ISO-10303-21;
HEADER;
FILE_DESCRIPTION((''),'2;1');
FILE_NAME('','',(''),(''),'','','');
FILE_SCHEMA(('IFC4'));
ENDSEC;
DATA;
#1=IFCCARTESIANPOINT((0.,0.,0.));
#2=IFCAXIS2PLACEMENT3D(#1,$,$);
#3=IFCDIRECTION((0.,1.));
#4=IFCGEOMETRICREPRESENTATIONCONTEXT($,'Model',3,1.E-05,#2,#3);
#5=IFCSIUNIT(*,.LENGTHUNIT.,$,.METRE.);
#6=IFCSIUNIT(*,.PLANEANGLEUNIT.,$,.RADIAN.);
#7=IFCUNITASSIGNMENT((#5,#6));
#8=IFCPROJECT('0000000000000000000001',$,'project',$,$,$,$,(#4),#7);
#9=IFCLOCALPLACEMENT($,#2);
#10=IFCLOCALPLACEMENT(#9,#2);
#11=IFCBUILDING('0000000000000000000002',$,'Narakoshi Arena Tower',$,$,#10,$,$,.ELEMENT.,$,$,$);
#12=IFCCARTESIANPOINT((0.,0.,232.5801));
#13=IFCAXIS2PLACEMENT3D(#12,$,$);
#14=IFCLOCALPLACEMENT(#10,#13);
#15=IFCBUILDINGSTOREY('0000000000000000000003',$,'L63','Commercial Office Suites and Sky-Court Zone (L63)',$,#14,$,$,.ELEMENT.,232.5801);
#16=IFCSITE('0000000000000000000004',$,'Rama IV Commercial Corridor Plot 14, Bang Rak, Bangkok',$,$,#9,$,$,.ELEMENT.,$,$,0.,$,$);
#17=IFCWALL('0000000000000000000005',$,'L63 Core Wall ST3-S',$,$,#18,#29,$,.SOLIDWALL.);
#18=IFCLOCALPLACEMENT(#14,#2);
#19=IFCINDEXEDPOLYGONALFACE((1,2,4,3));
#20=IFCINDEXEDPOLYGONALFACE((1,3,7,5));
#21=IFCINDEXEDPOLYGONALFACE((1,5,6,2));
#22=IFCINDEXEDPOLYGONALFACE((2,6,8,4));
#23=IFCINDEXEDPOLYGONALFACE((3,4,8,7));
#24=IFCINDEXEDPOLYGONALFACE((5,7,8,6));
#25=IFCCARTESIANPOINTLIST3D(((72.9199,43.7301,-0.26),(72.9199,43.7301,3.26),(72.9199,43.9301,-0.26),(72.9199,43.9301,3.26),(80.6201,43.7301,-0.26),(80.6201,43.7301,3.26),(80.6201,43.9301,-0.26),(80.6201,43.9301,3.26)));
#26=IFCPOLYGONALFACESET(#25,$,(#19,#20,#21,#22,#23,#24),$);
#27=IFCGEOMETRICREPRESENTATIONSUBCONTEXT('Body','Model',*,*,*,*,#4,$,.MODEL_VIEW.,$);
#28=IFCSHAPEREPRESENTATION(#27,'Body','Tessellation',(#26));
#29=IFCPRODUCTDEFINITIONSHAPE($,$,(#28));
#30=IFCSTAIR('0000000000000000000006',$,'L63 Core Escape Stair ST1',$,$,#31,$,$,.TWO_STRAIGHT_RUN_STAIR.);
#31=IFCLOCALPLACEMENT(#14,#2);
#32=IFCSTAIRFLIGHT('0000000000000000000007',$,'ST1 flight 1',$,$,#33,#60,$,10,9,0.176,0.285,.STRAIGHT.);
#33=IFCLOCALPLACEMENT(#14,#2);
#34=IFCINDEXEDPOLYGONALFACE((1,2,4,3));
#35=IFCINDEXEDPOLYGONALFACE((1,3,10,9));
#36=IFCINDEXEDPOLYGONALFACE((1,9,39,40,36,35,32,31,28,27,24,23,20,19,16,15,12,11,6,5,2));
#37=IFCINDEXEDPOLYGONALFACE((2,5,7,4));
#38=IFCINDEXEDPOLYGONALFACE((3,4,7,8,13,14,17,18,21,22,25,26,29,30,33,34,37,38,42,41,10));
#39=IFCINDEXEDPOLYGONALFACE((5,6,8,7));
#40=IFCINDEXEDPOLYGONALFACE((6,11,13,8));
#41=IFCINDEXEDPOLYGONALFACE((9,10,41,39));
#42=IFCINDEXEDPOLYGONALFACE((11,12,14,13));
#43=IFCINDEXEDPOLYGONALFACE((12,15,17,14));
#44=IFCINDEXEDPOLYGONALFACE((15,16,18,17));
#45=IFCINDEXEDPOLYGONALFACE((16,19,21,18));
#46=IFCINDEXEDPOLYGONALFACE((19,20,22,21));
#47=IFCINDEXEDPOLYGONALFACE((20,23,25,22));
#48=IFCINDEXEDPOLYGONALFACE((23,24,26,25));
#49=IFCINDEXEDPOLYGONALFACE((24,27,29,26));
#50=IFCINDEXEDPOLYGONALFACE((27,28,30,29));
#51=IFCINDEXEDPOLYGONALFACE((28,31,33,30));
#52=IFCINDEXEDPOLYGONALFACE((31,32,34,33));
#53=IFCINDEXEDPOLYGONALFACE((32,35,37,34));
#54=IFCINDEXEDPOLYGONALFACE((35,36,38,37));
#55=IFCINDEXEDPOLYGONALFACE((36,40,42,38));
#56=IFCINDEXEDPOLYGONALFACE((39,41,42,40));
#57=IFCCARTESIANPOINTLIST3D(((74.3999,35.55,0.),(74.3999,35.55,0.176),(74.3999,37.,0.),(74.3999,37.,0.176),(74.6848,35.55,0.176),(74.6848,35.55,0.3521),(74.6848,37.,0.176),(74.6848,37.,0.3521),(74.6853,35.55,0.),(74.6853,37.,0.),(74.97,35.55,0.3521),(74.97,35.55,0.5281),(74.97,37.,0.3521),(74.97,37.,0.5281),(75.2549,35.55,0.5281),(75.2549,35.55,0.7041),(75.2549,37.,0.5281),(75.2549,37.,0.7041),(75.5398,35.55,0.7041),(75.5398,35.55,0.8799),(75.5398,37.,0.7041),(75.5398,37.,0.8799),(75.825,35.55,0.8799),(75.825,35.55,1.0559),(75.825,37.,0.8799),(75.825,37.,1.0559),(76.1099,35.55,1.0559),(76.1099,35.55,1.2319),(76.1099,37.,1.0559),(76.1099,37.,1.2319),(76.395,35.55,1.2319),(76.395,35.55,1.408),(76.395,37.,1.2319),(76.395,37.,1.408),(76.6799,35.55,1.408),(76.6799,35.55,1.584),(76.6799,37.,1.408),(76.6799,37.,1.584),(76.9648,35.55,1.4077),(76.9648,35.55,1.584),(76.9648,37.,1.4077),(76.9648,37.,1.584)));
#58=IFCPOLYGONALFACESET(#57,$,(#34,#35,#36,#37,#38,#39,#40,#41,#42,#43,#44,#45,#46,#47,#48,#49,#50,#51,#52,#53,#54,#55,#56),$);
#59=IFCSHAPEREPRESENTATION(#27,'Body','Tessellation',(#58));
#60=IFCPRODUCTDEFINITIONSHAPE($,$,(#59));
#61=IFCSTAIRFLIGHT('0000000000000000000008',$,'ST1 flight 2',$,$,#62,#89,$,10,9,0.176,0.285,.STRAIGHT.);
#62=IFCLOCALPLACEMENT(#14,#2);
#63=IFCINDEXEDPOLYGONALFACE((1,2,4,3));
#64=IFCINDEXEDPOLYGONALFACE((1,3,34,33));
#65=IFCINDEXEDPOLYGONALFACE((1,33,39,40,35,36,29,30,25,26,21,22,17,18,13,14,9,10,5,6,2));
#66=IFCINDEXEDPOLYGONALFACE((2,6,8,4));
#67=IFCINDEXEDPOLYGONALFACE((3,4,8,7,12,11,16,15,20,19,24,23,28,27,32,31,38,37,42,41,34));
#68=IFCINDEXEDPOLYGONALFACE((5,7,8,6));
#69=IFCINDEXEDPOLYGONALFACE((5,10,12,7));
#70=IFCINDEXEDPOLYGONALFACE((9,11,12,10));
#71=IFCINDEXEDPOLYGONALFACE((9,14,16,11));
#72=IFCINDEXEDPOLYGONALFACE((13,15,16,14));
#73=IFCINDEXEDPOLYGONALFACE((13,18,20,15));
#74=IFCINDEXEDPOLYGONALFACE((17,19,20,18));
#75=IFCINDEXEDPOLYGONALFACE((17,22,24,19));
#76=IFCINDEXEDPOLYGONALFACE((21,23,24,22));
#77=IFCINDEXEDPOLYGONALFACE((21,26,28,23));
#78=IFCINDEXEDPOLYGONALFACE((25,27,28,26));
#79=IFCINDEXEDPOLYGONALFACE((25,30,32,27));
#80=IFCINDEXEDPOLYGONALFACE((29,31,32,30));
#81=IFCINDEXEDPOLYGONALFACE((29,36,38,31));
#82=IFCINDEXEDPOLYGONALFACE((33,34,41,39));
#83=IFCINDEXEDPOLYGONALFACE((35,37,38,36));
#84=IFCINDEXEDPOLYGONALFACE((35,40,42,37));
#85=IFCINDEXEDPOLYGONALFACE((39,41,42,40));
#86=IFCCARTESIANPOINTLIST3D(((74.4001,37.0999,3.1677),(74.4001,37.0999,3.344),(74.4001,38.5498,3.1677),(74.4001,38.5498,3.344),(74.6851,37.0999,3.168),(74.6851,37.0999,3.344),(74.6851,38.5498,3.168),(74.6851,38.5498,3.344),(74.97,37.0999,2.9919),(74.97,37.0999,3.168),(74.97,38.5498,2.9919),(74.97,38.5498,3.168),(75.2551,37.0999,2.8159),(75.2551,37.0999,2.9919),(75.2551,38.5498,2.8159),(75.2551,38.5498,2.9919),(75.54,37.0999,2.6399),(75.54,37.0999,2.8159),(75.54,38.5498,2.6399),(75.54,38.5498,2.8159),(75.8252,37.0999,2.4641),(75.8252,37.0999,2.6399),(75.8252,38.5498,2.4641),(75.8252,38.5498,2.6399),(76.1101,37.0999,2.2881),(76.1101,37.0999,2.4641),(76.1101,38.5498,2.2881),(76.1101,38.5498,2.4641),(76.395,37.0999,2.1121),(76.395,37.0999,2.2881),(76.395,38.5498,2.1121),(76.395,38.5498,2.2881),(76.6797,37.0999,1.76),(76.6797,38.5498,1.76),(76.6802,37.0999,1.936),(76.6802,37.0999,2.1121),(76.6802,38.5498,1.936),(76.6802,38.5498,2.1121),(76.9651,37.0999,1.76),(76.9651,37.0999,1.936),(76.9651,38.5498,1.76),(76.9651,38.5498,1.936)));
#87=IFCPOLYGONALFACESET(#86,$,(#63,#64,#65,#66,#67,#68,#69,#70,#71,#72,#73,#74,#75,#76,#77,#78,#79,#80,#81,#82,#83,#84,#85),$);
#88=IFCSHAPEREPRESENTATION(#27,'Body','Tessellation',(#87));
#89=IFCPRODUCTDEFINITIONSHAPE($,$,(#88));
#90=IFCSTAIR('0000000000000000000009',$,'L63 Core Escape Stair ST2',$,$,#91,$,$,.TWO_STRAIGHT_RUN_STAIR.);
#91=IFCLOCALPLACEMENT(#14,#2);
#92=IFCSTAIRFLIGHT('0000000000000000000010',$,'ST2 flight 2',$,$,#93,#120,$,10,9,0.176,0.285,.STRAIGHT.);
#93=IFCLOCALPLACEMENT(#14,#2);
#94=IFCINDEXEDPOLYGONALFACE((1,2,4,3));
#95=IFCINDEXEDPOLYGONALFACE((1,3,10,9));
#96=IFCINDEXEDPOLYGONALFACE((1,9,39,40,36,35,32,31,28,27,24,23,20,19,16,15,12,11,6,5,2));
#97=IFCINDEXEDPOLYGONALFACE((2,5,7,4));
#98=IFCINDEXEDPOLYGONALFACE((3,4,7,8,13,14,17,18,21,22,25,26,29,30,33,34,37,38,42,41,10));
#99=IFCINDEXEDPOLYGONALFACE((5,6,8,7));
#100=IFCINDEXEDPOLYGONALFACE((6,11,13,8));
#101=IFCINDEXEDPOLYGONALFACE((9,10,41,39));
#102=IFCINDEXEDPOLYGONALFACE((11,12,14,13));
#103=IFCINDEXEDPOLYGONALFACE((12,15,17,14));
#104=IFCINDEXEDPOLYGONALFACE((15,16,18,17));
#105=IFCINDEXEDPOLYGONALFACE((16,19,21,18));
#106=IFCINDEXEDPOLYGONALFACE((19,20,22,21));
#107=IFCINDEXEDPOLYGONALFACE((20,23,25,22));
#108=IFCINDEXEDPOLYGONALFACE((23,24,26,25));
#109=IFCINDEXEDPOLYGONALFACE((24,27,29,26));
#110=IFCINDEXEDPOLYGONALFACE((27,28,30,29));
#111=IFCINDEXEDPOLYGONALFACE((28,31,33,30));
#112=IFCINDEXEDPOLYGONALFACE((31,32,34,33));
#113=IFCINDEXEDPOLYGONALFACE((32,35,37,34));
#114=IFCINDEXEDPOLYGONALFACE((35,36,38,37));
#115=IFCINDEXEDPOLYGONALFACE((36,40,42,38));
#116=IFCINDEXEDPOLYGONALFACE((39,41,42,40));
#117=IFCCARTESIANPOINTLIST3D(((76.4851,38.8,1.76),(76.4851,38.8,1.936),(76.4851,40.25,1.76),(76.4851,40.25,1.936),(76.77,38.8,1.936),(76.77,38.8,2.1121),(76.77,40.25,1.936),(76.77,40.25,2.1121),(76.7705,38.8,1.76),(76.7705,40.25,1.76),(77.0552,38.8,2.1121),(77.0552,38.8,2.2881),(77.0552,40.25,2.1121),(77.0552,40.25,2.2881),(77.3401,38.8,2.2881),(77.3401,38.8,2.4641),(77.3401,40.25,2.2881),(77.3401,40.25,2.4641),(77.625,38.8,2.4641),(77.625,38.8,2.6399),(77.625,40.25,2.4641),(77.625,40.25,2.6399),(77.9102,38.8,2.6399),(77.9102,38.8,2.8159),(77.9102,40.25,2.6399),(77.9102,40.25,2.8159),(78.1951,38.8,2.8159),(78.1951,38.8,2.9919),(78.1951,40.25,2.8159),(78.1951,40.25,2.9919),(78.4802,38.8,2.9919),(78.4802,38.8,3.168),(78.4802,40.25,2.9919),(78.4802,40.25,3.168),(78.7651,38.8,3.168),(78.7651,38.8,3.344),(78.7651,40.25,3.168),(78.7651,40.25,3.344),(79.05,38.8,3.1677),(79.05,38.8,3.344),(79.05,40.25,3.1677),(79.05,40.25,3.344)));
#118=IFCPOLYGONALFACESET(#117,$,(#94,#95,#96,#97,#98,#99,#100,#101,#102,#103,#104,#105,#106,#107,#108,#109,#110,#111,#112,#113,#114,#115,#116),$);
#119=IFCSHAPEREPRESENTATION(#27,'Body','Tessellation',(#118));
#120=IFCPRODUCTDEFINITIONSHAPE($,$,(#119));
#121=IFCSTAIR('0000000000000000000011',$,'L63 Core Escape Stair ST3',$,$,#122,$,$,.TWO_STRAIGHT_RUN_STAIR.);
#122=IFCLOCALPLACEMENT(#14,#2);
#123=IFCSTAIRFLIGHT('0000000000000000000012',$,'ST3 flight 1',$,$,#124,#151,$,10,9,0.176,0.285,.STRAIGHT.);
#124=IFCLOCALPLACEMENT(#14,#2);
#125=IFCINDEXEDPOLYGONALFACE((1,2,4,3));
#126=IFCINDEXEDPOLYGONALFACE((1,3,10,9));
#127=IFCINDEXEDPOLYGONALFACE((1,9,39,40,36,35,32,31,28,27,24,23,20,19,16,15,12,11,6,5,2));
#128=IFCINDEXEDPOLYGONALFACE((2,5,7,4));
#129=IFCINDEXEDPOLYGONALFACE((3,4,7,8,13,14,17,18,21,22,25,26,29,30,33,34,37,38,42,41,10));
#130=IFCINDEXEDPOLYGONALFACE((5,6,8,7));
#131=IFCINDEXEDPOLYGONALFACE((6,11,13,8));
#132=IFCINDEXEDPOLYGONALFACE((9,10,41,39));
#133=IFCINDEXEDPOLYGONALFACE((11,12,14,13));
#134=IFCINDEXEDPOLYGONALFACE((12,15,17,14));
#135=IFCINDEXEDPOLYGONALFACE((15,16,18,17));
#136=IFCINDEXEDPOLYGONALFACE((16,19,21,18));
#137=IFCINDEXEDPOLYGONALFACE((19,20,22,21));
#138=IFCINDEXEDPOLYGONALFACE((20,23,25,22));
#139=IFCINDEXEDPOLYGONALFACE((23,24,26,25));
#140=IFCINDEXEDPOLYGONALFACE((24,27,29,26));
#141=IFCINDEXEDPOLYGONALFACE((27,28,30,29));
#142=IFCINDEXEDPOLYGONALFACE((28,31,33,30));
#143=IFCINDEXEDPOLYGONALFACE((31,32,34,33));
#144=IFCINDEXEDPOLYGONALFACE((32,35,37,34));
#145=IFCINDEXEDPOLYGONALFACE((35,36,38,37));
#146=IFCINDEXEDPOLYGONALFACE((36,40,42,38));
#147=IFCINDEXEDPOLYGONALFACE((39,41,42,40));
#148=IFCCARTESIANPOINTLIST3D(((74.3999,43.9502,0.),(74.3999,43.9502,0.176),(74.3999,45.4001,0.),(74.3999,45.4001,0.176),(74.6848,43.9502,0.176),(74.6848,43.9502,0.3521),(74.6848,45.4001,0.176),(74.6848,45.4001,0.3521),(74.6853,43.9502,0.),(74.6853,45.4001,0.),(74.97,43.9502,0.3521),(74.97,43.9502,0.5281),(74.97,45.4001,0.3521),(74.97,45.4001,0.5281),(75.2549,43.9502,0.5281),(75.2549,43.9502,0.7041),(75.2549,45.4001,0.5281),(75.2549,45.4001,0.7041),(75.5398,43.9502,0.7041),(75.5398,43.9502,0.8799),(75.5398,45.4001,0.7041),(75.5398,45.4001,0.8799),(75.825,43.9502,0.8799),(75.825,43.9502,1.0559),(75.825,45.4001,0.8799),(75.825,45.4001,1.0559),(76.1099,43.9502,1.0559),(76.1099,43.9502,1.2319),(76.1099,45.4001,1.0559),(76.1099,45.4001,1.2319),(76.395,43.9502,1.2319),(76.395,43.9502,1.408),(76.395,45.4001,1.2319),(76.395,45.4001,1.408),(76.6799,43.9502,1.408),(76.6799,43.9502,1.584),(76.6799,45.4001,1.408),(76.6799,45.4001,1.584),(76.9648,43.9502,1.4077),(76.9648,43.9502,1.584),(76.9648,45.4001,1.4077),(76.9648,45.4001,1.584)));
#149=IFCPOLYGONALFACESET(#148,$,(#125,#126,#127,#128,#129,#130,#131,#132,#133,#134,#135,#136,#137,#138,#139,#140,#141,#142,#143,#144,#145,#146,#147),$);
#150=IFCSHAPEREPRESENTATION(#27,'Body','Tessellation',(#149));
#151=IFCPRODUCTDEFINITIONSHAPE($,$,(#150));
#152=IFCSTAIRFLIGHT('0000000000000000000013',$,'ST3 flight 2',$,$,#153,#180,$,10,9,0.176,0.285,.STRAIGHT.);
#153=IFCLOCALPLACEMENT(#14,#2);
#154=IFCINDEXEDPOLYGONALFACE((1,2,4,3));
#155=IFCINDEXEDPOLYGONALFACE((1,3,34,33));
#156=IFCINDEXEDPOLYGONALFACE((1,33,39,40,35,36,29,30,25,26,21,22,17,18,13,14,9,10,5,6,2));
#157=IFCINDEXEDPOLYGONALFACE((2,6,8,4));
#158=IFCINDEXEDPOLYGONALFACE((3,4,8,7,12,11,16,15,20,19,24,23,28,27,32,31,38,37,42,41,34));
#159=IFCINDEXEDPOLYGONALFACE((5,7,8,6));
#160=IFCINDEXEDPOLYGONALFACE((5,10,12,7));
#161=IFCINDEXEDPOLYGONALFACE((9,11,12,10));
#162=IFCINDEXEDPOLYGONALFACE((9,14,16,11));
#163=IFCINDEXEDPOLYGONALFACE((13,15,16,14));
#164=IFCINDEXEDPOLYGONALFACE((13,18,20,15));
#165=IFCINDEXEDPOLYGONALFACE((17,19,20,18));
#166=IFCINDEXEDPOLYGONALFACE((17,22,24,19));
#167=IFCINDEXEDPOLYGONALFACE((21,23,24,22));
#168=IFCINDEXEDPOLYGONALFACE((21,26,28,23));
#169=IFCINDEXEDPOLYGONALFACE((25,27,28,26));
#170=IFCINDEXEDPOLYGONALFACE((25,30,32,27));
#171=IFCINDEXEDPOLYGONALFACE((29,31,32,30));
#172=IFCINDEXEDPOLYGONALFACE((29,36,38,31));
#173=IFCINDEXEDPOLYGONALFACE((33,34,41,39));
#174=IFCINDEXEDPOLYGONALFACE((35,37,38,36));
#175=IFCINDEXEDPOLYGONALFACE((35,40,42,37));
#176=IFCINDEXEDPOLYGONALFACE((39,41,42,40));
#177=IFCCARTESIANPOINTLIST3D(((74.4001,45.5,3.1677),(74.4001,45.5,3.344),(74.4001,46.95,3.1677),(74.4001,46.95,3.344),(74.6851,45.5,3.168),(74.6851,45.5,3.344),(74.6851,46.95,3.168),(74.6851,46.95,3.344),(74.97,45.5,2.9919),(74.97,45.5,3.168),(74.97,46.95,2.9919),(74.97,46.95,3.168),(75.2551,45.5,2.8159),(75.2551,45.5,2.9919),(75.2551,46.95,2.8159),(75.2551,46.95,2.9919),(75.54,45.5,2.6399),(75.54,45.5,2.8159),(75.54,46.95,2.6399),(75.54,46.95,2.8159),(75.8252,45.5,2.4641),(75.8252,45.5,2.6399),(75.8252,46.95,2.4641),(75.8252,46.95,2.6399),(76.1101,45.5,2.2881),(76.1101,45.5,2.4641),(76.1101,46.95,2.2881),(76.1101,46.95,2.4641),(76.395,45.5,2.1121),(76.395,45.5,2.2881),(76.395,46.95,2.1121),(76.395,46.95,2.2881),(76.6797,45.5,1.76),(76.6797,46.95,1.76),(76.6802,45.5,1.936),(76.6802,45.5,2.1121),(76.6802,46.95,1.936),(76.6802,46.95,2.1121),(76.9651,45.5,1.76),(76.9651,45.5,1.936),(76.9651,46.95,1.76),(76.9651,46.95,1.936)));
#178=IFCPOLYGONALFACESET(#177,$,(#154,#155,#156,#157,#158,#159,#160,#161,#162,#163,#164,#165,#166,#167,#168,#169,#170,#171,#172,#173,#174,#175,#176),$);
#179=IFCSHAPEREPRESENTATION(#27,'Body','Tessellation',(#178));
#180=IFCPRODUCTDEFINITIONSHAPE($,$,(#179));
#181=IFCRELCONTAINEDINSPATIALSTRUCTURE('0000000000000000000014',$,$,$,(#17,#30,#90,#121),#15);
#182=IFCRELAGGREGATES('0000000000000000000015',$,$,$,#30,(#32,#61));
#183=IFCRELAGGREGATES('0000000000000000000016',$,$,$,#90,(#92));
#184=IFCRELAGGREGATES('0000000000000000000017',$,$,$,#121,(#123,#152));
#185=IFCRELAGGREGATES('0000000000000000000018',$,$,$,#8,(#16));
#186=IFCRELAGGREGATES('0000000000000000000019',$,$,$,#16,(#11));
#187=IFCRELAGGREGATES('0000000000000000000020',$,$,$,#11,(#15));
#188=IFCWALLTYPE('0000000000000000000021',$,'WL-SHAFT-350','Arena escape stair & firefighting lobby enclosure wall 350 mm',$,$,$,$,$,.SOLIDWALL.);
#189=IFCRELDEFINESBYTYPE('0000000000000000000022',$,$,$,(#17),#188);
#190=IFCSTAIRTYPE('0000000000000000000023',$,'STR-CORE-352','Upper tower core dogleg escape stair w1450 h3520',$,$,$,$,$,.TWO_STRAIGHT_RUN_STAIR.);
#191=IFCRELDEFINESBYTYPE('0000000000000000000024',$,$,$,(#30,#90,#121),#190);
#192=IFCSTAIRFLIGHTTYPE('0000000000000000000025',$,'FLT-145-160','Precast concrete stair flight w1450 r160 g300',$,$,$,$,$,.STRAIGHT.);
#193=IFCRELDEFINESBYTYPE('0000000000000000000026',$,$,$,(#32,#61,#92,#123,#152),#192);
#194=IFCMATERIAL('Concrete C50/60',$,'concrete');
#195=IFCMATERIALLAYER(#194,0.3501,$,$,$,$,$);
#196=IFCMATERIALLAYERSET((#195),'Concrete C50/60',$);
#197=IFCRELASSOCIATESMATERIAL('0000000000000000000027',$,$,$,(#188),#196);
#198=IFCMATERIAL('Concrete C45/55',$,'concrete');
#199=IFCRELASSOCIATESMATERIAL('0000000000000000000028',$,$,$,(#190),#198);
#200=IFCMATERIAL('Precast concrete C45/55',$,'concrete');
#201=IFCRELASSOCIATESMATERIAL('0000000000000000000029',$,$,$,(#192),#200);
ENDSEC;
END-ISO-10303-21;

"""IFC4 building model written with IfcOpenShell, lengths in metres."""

from ifc_helpers import new_model, si_unit, direction, frame, frame_2d, origin, place, context, subcontext, project, spatial, polyline, rectangle, outline, extrude, material, layer, layer_set, type_object, element, aggregate, save


model = new_model("IFC4")

# Units and contexts
model_context = context("Model", 3, precision=1e-05, world=origin(), true_north=direction((0.0, 1.0)))
body_context = subcontext(model_context, "Body", "Model", "MODEL_VIEW")
ifc_project = project(units=[si_unit("LENGTHUNIT", "METRE"), si_unit("PLANEANGLEUNIT", "RADIAN")], contexts=[model_context])

# Site, building, storey
site_placement = place(None, origin())
site = spatial("IfcSite", under=ifc_project, at=site_placement, Name="Rama IV Commercial Corridor Plot 14, Bang Rak, Bangkok", CompositionType="ELEMENT", RefElevation=0.0)
building_placement = place(site_placement, origin())
building = spatial("IfcBuilding", under=site, at=building_placement, Name="Narakoshi Arena Tower", CompositionType="ELEMENT")
storey_placement = place(building_placement, frame((0.0, 0.0, 232.5801)))
storey = spatial("IfcBuildingStorey", under=building, at=storey_placement, Name="L63", Description="Commercial Office Suites and Sky-Court Zone (L63)", CompositionType="ELEMENT", Elevation=232.5801)

# Shared definitions
ifc_material_1 = material(Name="Concrete C50/60", Category="concrete")

# Shared definitions
ifc_material_2 = material(Name="Precast concrete C45/55", Category="concrete")

# Wall
ifc_layer_1 = layer(ifc_material_1, 0.3501)
ifc_layer_set_1 = layer_set([ifc_layer_1], Name="Concrete C50/60")
wall_type_1 = type_object("IfcWallType", Name="WL-SHAFT-350", Description="Arena escape stair & firefighting lobby enclosure wall 350 mm", PredefinedType="SOLIDWALL", material=ifc_layer_set_1)
wall_1_placement = place(storey_placement, frame((72.9199, 43.8301, -0.26), z_axis=(0.0, 0.0, 1.0), x_axis=(1.0, 0.0, 0.0)))
element("IfcWall", 1, at=wall_1_placement, inside=storey, type_object=wall_type_1, Name="L63 Core Wall ST3-S", PredefinedType="SOLIDWALL", context=body_context, shape_type="SweptSolid", body=[
    extrude(rectangle(XDim=7.7002, YDim=0.2, at=frame_2d((3.8501, 0.0))), origin(), (0.0, 0.0, 1.0), 3.52),
])

# Stair, stair flights
ifc_material_3 = material(Name="Concrete C45/55", Category="concrete")
stair_type = type_object("IfcStairType", Name="STR-CORE-352", Description="Upper tower core dogleg escape stair w1450 h3520", PredefinedType="TWO_STRAIGHT_RUN_STAIR", material=ifc_material_3)
stair_1_placement = place(storey_placement, origin())
stair_1 = element("IfcStair", 2, at=stair_1_placement, inside=storey, type_object=stair_type, Name="L63 Core Escape Stair ST1", PredefinedType="TWO_STRAIGHT_RUN_STAIR")
stair_flight_type = type_object("IfcStairFlightType", Name="FLT-145-160", Description="Precast concrete stair flight w1450 r160 g300", PredefinedType="STRAIGHT", material=ifc_material_2)
stair_flight_1_placement = place(storey_placement, frame((74.3999, 36.2749, 0.0), z_axis=(0.0, 0.0, 1.0), x_axis=(1.0, 0.0, 0.0)))
stair_flight_1 = element("IfcStairFlight", 3, at=stair_flight_1_placement, type_object=stair_flight_type, Name="ST1 flight 1", NumberOfRisers=10, NumberOfTreads=9, PredefinedType="STRAIGHT", RiserHeight=0.176, TreadLength=0.285, context=body_context, shape_type="SweptSolid", body=[
    extrude(outline(polyline([(0.0, 0.0), (0.0, 0.176), (0.2849, 0.176), (0.2849, 0.3521), (0.5701, 0.3521), (0.5701, 0.5281), (0.855, 0.5281), (0.855, 0.7041), (1.1399, 0.7041), (1.1399, 0.8799), (1.425, 0.8799), (1.425, 1.0559), (1.71, 1.0559), (1.71, 1.2319), (1.9951, 1.2319), (1.9951, 1.408), (2.28, 1.408), (2.28, 1.584), (2.5649, 1.584), (2.5649, 1.76), (2.5649, 1.4077), (0.2854, 0.0), (0.0, 0.0)])), frame((0.0, 0.7251, 0.0), z_axis=(0.0, -1.0, 0.0), x_axis=(1.0, 0.0, 0.0)), (0.0, 0.0, 1.0), 1.45),
])
stair_flight_2_placement = place(storey_placement, frame((76.9651, 37.825, 1.76), z_axis=(0.0, 0.0, 1.0), x_axis=(-1.0, 0.0, 0.0)))
stair_flight_2 = element("IfcStairFlight", 4, at=stair_flight_2_placement, type_object=stair_flight_type, Name="ST1 flight 2", NumberOfRisers=10, NumberOfTreads=9, PredefinedType="STRAIGHT", RiserHeight=0.176, TreadLength=0.285, context=body_context, shape_type="SweptSolid", body=[
    extrude(outline(polyline([(0.0, 0.0), (0.0, 0.176), (0.2849, 0.176), (0.2849, 0.3521), (0.5701, 0.3521), (0.5701, 0.5281), (0.855, 0.5281), (0.855, 0.7041), (1.1399, 0.7041), (1.1399, 0.8799), (1.425, 0.8799), (1.425, 1.0559), (1.71, 1.0559), (1.71, 1.2319), (1.9951, 1.2319), (1.9951, 1.408), (2.28, 1.408), (2.28, 1.584), (2.5649, 1.584), (2.5649, 1.76), (2.5649, 1.4077), (0.2854, 0.0), (0.0, 0.0)])), frame((0.0, 0.7251, 0.0), z_axis=(0.0, -1.0, 0.0), x_axis=(1.0, 0.0, 0.0)), (0.0, 0.0, 1.0), 1.45),
])
aggregate(stair_1, [stair_flight_1, stair_flight_2])

# Stair, stair flight
stair_2_placement = place(storey_placement, origin())
stair_2 = element("IfcStair", 5, at=stair_2_placement, inside=storey, type_object=stair_type, Name="L63 Core Escape Stair ST2", PredefinedType="TWO_STRAIGHT_RUN_STAIR")
stair_flight_3_placement = place(storey_placement, frame((76.4851, 39.5249, 1.76), z_axis=(0.0, 0.0, 1.0), x_axis=(1.0, 0.0, 0.0)))
stair_flight_3 = element("IfcStairFlight", 6, at=stair_flight_3_placement, type_object=stair_flight_type, Name="ST2 flight 2", NumberOfRisers=10, NumberOfTreads=9, PredefinedType="STRAIGHT", RiserHeight=0.176, TreadLength=0.285, context=body_context, shape_type="SweptSolid", body=[
    extrude(outline(polyline([(0.0, 0.0), (0.0, 0.176), (0.2849, 0.176), (0.2849, 0.3521), (0.5701, 0.3521), (0.5701, 0.5281), (0.855, 0.5281), (0.855, 0.7041), (1.1399, 0.7041), (1.1399, 0.8799), (1.425, 0.8799), (1.425, 1.0559), (1.71, 1.0559), (1.71, 1.2319), (1.9951, 1.2319), (1.9951, 1.408), (2.28, 1.408), (2.28, 1.584), (2.5649, 1.584), (2.5649, 1.76), (2.5649, 1.4077), (0.2854, 0.0), (0.0, 0.0)])), frame((0.0, 0.7251, 0.0), z_axis=(0.0, -1.0, 0.0), x_axis=(1.0, 0.0, 0.0)), (0.0, 0.0, 1.0), 1.45),
])
aggregate(stair_2, [stair_flight_3])

# Stair, stair flights
stair_3_placement = place(storey_placement, origin())
stair_3 = element("IfcStair", 7, at=stair_3_placement, inside=storey, type_object=stair_type, Name="L63 Core Escape Stair ST3", PredefinedType="TWO_STRAIGHT_RUN_STAIR")
stair_flight_4_placement = place(storey_placement, frame((74.3999, 44.675, 0.0), z_axis=(0.0, 0.0, 1.0), x_axis=(1.0, 0.0, 0.0)))
stair_flight_4 = element("IfcStairFlight", 8, at=stair_flight_4_placement, type_object=stair_flight_type, Name="ST3 flight 1", NumberOfRisers=10, NumberOfTreads=9, PredefinedType="STRAIGHT", RiserHeight=0.176, TreadLength=0.285, context=body_context, shape_type="SweptSolid", body=[
    extrude(outline(polyline([(0.0, 0.0), (0.0, 0.176), (0.2849, 0.176), (0.2849, 0.3521), (0.5701, 0.3521), (0.5701, 0.5281), (0.855, 0.5281), (0.855, 0.7041), (1.1399, 0.7041), (1.1399, 0.8799), (1.425, 0.8799), (1.425, 1.0559), (1.71, 1.0559), (1.71, 1.2319), (1.9951, 1.2319), (1.9951, 1.408), (2.28, 1.408), (2.28, 1.584), (2.5649, 1.584), (2.5649, 1.76), (2.5649, 1.4077), (0.2854, 0.0), (0.0, 0.0)])), frame((0.0, 0.7251, 0.0), z_axis=(0.0, -1.0, 0.0), x_axis=(1.0, 0.0, 0.0)), (0.0, 0.0, 1.0), 1.45),
])
stair_flight_5_placement = place(storey_placement, frame((76.9651, 46.2251, 1.76), z_axis=(0.0, 0.0, 1.0), x_axis=(-1.0, 0.0, 0.0)))
stair_flight_5 = element("IfcStairFlight", 9, at=stair_flight_5_placement, type_object=stair_flight_type, Name="ST3 flight 2", NumberOfRisers=10, NumberOfTreads=9, PredefinedType="STRAIGHT", RiserHeight=0.176, TreadLength=0.285, context=body_context, shape_type="SweptSolid", body=[
    extrude(outline(polyline([(0.0, 0.0), (0.0, 0.176), (0.2849, 0.176), (0.2849, 0.3521), (0.5701, 0.3521), (0.5701, 0.5281), (0.855, 0.5281), (0.855, 0.7041), (1.1399, 0.7041), (1.1399, 0.8799), (1.425, 0.8799), (1.425, 1.0559), (1.71, 1.0559), (1.71, 1.2319), (1.9951, 1.2319), (1.9951, 1.408), (2.28, 1.408), (2.28, 1.584), (2.5649, 1.584), (2.5649, 1.76), (2.5649, 1.4077), (0.2854, 0.0), (0.0, 0.0)])), frame((0.0, 0.7251, 0.0), z_axis=(0.0, -1.0, 0.0), x_axis=(1.0, 0.0, 0.0)), (0.0, 0.0, 1.0), 1.45),
])
aggregate(stair_3, [stair_flight_4, stair_flight_5])

save(model, "model.ifc")
